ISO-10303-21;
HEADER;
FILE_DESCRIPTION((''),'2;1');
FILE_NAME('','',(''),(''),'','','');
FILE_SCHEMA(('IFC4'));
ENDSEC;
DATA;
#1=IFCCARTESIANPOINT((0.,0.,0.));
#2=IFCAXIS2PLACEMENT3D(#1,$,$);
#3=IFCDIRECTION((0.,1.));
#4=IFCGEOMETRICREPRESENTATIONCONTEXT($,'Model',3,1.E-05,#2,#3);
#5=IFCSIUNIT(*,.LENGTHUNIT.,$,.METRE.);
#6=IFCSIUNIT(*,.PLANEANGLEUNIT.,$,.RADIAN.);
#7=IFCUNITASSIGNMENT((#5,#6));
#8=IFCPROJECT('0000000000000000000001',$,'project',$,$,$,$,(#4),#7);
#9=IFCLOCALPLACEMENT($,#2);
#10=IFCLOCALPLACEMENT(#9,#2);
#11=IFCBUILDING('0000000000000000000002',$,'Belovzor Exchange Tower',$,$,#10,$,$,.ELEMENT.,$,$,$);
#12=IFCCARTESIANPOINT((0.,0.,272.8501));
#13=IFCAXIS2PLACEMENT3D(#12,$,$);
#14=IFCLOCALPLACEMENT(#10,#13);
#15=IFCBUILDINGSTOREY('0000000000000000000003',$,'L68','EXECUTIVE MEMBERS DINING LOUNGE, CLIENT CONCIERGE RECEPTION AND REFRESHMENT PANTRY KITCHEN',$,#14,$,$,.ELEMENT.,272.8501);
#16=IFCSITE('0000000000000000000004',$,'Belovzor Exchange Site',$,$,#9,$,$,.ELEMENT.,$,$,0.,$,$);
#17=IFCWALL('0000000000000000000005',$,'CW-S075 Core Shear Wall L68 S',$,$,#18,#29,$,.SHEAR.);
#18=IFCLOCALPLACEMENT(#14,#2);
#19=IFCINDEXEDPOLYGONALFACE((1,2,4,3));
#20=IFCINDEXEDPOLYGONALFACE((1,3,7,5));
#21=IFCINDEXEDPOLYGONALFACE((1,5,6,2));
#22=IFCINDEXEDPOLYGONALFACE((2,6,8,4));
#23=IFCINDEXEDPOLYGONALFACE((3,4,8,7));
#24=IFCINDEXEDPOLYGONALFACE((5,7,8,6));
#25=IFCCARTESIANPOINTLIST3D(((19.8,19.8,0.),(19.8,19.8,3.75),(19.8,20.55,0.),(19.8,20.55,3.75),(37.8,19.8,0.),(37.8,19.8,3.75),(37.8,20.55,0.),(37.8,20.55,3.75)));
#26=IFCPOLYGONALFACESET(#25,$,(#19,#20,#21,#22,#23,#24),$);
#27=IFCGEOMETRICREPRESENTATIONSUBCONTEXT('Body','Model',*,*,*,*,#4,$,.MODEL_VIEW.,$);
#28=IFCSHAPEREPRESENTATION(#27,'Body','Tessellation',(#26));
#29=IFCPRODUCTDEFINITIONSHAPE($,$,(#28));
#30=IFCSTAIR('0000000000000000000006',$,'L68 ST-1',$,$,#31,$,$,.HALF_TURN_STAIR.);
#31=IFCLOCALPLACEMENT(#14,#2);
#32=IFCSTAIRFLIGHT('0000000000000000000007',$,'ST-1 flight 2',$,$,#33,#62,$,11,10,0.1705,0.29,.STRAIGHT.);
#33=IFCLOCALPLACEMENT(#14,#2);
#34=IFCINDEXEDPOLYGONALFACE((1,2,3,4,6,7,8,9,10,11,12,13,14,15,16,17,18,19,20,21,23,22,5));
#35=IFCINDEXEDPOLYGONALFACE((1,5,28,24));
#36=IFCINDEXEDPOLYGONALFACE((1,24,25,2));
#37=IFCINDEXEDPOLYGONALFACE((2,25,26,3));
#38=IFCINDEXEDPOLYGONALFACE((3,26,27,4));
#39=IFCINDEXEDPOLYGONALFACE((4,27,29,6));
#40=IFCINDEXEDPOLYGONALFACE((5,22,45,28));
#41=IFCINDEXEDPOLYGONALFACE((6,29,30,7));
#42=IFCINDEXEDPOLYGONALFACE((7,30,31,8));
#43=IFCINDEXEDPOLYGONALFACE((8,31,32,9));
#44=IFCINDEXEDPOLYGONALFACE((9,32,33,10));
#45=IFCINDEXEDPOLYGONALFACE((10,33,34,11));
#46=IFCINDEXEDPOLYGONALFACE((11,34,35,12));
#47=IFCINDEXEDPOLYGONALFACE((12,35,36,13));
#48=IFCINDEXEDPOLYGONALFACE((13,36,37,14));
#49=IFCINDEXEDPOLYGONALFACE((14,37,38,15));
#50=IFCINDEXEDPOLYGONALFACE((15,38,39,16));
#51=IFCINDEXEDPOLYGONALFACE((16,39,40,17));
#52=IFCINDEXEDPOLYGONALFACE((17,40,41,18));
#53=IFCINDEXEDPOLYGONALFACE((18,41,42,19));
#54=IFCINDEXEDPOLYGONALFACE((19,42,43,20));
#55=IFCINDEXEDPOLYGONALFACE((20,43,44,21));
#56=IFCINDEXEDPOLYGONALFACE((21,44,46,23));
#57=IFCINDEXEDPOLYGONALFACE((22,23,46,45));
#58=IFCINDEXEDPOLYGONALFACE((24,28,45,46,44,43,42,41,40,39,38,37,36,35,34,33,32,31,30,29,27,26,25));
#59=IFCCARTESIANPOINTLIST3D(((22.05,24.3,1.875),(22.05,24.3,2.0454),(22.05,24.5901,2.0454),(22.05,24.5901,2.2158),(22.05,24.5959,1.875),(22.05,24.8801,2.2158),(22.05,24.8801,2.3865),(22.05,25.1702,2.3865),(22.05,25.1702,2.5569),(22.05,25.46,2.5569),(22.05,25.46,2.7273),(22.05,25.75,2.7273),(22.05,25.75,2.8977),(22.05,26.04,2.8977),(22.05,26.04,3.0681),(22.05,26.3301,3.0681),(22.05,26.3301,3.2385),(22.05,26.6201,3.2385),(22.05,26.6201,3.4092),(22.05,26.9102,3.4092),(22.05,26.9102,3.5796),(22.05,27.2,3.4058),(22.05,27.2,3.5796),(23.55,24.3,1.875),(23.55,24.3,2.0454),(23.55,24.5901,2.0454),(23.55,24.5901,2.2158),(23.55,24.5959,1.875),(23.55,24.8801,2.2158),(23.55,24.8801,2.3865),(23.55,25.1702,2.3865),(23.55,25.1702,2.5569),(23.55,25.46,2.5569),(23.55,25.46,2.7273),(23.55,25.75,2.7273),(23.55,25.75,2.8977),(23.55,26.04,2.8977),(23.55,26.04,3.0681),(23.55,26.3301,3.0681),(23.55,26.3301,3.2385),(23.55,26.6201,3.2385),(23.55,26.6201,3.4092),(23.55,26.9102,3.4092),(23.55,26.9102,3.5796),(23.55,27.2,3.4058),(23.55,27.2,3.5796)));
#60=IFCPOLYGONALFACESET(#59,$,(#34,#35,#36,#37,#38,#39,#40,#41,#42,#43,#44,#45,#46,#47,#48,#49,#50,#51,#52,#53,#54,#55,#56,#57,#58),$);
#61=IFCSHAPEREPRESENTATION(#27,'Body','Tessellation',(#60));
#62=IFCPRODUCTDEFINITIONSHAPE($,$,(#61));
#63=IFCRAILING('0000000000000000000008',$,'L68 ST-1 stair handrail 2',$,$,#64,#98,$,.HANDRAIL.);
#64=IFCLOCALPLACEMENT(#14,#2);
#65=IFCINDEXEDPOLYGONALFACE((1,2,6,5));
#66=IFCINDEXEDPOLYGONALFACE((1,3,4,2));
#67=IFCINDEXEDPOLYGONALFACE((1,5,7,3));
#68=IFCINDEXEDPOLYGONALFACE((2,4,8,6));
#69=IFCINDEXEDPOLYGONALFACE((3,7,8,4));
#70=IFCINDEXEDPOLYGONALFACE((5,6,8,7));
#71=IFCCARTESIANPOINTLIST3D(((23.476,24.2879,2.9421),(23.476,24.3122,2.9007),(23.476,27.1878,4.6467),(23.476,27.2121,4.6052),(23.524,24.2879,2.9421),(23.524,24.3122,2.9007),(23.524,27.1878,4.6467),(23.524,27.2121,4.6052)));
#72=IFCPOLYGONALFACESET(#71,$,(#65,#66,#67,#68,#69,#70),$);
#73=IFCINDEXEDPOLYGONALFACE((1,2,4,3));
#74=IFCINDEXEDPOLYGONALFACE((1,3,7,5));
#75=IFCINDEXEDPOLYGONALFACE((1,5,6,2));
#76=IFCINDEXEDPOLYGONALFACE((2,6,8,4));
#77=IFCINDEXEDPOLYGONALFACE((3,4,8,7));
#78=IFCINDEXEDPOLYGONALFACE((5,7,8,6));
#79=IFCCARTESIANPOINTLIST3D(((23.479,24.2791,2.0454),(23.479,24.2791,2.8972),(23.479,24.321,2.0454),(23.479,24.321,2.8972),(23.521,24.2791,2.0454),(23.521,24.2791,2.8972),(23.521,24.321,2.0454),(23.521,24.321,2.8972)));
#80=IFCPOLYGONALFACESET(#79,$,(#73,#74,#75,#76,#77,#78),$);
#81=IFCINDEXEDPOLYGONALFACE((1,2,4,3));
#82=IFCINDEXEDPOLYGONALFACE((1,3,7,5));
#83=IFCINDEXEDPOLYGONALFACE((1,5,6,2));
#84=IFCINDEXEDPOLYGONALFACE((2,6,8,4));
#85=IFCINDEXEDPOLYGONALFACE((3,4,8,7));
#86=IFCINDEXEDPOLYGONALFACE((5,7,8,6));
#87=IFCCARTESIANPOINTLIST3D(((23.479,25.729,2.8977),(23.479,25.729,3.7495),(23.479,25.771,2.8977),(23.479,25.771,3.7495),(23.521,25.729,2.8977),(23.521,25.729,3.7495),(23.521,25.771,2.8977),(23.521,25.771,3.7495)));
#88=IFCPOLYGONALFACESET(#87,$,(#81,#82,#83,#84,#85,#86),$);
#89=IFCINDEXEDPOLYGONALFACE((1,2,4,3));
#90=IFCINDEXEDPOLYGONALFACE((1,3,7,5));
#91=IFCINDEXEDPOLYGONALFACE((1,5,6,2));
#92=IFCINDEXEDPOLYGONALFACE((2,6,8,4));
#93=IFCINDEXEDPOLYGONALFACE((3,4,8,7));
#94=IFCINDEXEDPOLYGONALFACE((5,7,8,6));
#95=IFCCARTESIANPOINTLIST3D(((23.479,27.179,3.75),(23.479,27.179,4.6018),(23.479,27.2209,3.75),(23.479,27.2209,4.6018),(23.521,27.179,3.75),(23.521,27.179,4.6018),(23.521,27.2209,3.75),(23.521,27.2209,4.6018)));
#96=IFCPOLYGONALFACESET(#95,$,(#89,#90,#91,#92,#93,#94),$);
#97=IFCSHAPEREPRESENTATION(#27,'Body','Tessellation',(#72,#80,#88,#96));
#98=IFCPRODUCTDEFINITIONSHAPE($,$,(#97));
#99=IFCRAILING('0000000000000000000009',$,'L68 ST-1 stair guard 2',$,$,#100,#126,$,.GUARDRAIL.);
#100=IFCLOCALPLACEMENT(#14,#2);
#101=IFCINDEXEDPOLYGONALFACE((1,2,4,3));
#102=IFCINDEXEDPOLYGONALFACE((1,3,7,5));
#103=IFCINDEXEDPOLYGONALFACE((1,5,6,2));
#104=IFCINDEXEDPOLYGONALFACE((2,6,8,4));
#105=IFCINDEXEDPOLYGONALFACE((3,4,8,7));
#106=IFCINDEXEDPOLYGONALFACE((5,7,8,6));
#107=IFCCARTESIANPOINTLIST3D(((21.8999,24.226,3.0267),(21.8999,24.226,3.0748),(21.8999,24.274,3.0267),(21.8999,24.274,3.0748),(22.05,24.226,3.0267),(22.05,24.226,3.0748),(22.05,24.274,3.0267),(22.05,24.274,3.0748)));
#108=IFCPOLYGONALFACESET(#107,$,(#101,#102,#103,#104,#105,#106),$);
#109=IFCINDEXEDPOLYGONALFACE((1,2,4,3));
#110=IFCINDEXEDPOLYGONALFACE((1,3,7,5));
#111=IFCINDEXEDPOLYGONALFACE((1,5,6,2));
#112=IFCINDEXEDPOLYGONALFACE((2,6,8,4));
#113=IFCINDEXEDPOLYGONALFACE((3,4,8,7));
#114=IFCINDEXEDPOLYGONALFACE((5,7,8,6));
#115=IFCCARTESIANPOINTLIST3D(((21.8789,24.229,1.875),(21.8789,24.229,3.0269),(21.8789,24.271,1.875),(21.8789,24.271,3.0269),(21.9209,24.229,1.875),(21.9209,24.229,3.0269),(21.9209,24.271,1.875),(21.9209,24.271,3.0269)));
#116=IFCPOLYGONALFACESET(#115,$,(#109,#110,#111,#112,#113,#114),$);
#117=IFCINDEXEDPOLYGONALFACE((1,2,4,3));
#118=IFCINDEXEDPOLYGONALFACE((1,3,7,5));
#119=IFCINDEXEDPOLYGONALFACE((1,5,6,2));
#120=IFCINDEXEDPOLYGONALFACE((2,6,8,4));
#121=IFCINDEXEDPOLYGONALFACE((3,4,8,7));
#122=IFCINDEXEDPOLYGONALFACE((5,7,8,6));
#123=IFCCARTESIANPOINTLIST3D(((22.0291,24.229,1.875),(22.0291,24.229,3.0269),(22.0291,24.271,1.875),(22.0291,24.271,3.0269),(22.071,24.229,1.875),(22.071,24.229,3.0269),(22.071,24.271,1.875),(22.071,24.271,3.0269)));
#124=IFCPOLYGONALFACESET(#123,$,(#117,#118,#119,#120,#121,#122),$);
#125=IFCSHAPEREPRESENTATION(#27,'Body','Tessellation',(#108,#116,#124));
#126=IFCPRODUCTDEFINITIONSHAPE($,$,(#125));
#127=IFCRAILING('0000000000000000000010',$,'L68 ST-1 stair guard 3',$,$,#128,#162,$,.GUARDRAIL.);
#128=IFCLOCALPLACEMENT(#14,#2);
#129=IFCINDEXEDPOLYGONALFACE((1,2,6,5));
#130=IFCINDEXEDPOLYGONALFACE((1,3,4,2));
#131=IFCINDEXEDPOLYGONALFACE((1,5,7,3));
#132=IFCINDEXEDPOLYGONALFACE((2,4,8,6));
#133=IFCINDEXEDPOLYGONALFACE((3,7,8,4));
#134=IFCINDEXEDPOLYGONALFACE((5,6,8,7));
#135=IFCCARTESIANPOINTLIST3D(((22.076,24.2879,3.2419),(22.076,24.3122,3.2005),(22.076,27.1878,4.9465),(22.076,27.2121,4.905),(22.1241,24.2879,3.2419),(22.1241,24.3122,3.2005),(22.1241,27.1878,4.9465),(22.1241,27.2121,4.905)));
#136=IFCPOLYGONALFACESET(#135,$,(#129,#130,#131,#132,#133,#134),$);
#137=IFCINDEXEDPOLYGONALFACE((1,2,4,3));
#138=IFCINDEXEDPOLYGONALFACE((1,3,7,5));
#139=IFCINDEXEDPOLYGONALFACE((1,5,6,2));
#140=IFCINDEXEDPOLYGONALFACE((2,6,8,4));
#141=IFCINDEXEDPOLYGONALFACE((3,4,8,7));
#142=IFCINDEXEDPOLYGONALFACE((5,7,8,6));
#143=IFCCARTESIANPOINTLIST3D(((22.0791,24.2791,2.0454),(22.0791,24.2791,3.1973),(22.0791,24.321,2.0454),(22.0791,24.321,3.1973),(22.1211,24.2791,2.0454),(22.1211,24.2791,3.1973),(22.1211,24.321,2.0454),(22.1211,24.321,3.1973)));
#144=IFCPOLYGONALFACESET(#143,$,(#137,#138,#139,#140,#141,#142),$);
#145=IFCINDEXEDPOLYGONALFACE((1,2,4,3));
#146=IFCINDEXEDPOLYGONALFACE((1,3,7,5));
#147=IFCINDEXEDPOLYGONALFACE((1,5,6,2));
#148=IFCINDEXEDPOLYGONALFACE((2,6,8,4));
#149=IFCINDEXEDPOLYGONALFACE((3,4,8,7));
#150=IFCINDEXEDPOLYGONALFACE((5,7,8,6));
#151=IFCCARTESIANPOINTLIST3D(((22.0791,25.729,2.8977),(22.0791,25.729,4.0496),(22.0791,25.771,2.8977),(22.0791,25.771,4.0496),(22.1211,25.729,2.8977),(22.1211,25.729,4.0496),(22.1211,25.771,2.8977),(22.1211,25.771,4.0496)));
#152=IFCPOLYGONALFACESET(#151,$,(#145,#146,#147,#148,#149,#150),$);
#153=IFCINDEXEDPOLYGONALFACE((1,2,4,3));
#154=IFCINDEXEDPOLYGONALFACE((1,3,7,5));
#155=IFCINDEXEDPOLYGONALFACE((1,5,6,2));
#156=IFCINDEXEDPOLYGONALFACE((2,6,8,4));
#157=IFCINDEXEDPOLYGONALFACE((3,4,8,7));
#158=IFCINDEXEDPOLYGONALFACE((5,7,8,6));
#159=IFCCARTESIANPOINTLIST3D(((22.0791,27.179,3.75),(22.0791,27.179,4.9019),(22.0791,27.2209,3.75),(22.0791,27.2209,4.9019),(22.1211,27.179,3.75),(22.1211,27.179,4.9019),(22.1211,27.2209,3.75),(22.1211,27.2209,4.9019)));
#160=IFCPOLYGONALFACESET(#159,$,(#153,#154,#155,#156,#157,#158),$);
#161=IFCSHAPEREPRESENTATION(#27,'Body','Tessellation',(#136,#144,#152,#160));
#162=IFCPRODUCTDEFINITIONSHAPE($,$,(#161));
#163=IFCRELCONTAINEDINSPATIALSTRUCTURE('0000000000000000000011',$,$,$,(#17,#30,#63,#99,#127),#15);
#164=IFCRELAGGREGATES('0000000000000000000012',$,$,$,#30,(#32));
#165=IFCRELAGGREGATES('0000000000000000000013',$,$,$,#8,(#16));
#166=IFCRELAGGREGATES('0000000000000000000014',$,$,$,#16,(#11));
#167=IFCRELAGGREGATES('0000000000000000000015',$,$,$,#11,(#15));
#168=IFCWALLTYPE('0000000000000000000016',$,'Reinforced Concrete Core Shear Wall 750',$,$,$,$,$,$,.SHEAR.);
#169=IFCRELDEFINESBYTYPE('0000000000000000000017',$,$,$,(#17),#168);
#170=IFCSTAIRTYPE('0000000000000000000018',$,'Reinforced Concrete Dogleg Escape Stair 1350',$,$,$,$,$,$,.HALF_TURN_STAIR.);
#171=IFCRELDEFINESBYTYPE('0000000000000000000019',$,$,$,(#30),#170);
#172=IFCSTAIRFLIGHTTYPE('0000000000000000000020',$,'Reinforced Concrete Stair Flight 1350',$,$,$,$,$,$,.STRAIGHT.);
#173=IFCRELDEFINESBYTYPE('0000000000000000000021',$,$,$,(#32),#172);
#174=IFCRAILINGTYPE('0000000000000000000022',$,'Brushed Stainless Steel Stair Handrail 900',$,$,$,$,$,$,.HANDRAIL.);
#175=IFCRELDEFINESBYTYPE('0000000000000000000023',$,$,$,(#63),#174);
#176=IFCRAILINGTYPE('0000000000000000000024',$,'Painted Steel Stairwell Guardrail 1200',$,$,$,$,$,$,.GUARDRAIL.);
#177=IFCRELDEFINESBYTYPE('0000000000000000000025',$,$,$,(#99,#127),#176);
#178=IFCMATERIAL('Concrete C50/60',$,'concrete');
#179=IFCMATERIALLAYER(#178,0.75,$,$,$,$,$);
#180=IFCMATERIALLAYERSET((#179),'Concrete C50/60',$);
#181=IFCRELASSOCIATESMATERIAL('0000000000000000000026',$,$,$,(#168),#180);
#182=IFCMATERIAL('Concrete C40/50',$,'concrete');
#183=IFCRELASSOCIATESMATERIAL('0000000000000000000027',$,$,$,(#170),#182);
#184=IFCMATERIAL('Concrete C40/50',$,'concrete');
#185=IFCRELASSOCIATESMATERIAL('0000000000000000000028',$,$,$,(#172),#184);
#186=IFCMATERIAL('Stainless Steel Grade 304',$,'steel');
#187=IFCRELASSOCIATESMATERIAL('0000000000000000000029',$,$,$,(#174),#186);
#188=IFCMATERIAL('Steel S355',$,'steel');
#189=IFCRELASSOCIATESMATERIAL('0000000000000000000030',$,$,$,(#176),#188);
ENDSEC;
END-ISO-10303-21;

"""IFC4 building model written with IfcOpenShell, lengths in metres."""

from ifc_helpers import new_model, si_unit, direction, frame, frame_2d, origin, origin_2d, place, context, subcontext, project, spatial, polyline, rectangle, outline, extrude, material, layer, layer_set, type_object, element, aggregate, save


model = new_model("IFC4")

# Units and contexts
model_context = context("Model", 3, precision=1e-05, world=origin(), true_north=direction((0.0, 1.0)))
body_context = subcontext(model_context, "Body", "Model", "MODEL_VIEW")
ifc_project = project(units=[si_unit("LENGTHUNIT", "METRE"), si_unit("PLANEANGLEUNIT", "RADIAN")], contexts=[model_context])

# Site, building, storey
site_placement = place(None, origin())
site = spatial("IfcSite", under=ifc_project, at=site_placement, Name="Belovzor Exchange Site", CompositionType="ELEMENT", RefElevation=0.0)
building_placement = place(site_placement, origin())
building = spatial("IfcBuilding", under=site, at=building_placement, Name="Belovzor Exchange Tower", CompositionType="ELEMENT")
storey_placement = place(building_placement, frame((0.0, 0.0, 272.8501)))
storey = spatial("IfcBuildingStorey", under=building, at=storey_placement, Name="L68", Description="EXECUTIVE MEMBERS DINING LOUNGE, CLIENT CONCIERGE RECEPTION AND REFRESHMENT PANTRY KITCHEN", CompositionType="ELEMENT", Elevation=272.8501)

# Wall
ifc_material_1 = material(Name="Concrete C50/60", Category="concrete")
ifc_layer_1 = layer(ifc_material_1, 0.75)
ifc_layer_set_1 = layer_set([ifc_layer_1], Name="Concrete C50/60")
wall_type_1 = type_object("IfcWallType", Name="Reinforced Concrete Core Shear Wall 750", PredefinedType="SHEAR", material=ifc_layer_set_1)
wall_1_placement = place(storey_placement, frame((19.8, 20.175, 0.0), z_axis=(0.0, 0.0, 1.0), x_axis=(1.0, 0.0, 0.0)))
element("IfcWall", 1, at=wall_1_placement, inside=storey, type_object=wall_type_1, Name="CW-S075 Core Shear Wall L68 S", PredefinedType="SHEAR", context=body_context, shape_type="SweptSolid", body=[
    extrude(rectangle(XDim=18.0, YDim=0.75, at=frame_2d((9.0, 0.0))), origin(), (0.0, 0.0, 1.0), 3.75),
])

# Stair, stair flight
ifc_material_2 = material(Name="Concrete C40/50", Category="concrete")
stair_type = type_object("IfcStairType", Name="Reinforced Concrete Dogleg Escape Stair 1350", PredefinedType="HALF_TURN_STAIR", material=ifc_material_2)
stair_placement = place(storey_placement, origin())
stair = element("IfcStair", 2, at=stair_placement, inside=storey, type_object=stair_type, Name="L68 ST-1", PredefinedType="HALF_TURN_STAIR")
ifc_material_3 = material(Name="Concrete C40/50", Category="concrete")
stair_flight_type = type_object("IfcStairFlightType", Name="Reinforced Concrete Stair Flight 1350", PredefinedType="STRAIGHT", material=ifc_material_3)
stair_flight_placement = place(storey_placement, frame((22.8, 24.3, 1.875), z_axis=(0.0, 0.0, 1.0), x_axis=(0.0, 1.0, 0.0)))
stair_flight = element("IfcStairFlight", 3, at=stair_flight_placement, type_object=stair_flight_type, Name="ST-1 flight 2", NumberOfRisers=11, NumberOfTreads=10, PredefinedType="STRAIGHT", RiserHeight=0.1705, TreadLength=0.29, context=body_context, shape_type="SweptSolid", body=[
    extrude(outline(polyline([(0.0, 0.0), (0.0, 0.1704), (0.29, 0.1704), (0.29, 0.3408), (0.5801, 0.3408), (0.5801, 0.5115), (0.8701, 0.5115), (0.8701, 0.6819), (1.1599, 0.6819), (1.1599, 0.8523), (1.45, 0.8523), (1.45, 1.0227), (1.74, 1.0227), (1.74, 1.1931), (2.03, 1.1931), (2.03, 1.3635), (2.3201, 1.3635), (2.3201, 1.5342), (2.6101, 1.5342), (2.6101, 1.7046), (2.8999, 1.7046), (2.8999, 1.875), (2.8999, 1.5308), (0.2959, 0.0), (0.0, 0.0)])), frame((0.0, 0.75, 0.0), z_axis=(0.0, -1.0, 0.0), x_axis=(1.0, 0.0, 0.0)), (0.0, 0.0, 1.0), 1.5),
])
aggregate(stair, [stair_flight])

# Railings
ifc_material_4 = material(Name="Stainless Steel Grade 304", Category="steel")
railing_type_1 = type_object("IfcRailingType", Name="Brushed Stainless Steel Stair Handrail 900", PredefinedType="HANDRAIL", material=ifc_material_4)
railing_1_placement = place(storey_placement, frame((23.5, 24.3, 2.0454)))
element("IfcRailing", 4, at=railing_1_placement, inside=storey, type_object=railing_type_1, Name="L68 ST-1 stair handrail 2", PredefinedType="HANDRAIL", context=body_context, shape_type="SweptSolid", body=[
    extrude(rectangle(XDim=0.0481, YDim=0.0481, at=origin_2d()), frame((0.0, 0.0, 0.876), z_axis=(0.0, 0.862095, 0.506747), x_axis=(-1.0, 0.0, 0.0)), (0.0, 0.0, 1.0), 3.3638),
    extrude(rectangle(XDim=0.042, YDim=0.042, at=origin_2d()), origin(), (0.0, 0.0, 1.0), 0.8518),
    extrude(rectangle(XDim=0.042, YDim=0.042, at=origin_2d()), frame((0.0, 1.45, 0.8523)), (0.0, 0.0, 1.0), 0.8518),
    extrude(rectangle(XDim=0.042, YDim=0.042, at=origin_2d()), frame((0.0, 2.8999, 1.7046)), (0.0, 0.0, 1.0), 0.8518),
])
ifc_material_5 = material(Name="Steel S355", Category="steel")
railing_type_2 = type_object("IfcRailingType", Name="Painted Steel Stairwell Guardrail 1200", PredefinedType="GUARDRAIL", material=ifc_material_5)
railing_2_placement = place(storey_placement, frame((21.8999, 24.25, 1.875)))
element("IfcRailing", 5, at=railing_2_placement, inside=storey, type_object=railing_type_2, Name="L68 ST-1 stair guard 2", PredefinedType="GUARDRAIL", context=body_context, shape_type="SweptSolid", body=[
    extrude(rectangle(XDim=0.0481, YDim=0.0481, at=origin_2d()), frame((0.0, 0.0, 1.1758), z_axis=(1.0, 0.0, 0.0), x_axis=(0.0, 1.0, 0.0)), (0.0, 0.0, 1.0), 0.1501),
    extrude(rectangle(XDim=0.042, YDim=0.042, at=origin_2d()), origin(), (0.0, 0.0, 1.0), 1.1519),
    extrude(rectangle(XDim=0.042, YDim=0.042, at=origin_2d()), frame((0.1501, 0.0, 0.0)), (0.0, 0.0, 1.0), 1.1519),
])
railing_3_placement = place(storey_placement, frame((22.1001, 24.3, 2.0454)))
element("IfcRailing", 6, at=railing_3_placement, inside=storey, type_object=railing_type_2, Name="L68 ST-1 stair guard 3", PredefinedType="GUARDRAIL", context=body_context, shape_type="SweptSolid", body=[
    extrude(rectangle(XDim=0.0481, YDim=0.0481, at=origin_2d()), frame((0.0, 0.0, 1.1758), z_axis=(0.0, 0.862095, 0.506747), x_axis=(-1.0, 0.0, 0.0)), (0.0, 0.0, 1.0), 3.3638),
    extrude(rectangle(XDim=0.042, YDim=0.042, at=origin_2d()), origin(), (0.0, 0.0, 1.0), 1.1519),
    extrude(rectangle(XDim=0.042, YDim=0.042, at=origin_2d()), frame((0.0, 1.45, 0.8523)), (0.0, 0.0, 1.0), 1.1519),
    extrude(rectangle(XDim=0.042, YDim=0.042, at=origin_2d()), frame((0.0, 2.8999, 1.7046)), (0.0, 0.0, 1.0), 1.1519),
])

save(model, "model.ifc")
